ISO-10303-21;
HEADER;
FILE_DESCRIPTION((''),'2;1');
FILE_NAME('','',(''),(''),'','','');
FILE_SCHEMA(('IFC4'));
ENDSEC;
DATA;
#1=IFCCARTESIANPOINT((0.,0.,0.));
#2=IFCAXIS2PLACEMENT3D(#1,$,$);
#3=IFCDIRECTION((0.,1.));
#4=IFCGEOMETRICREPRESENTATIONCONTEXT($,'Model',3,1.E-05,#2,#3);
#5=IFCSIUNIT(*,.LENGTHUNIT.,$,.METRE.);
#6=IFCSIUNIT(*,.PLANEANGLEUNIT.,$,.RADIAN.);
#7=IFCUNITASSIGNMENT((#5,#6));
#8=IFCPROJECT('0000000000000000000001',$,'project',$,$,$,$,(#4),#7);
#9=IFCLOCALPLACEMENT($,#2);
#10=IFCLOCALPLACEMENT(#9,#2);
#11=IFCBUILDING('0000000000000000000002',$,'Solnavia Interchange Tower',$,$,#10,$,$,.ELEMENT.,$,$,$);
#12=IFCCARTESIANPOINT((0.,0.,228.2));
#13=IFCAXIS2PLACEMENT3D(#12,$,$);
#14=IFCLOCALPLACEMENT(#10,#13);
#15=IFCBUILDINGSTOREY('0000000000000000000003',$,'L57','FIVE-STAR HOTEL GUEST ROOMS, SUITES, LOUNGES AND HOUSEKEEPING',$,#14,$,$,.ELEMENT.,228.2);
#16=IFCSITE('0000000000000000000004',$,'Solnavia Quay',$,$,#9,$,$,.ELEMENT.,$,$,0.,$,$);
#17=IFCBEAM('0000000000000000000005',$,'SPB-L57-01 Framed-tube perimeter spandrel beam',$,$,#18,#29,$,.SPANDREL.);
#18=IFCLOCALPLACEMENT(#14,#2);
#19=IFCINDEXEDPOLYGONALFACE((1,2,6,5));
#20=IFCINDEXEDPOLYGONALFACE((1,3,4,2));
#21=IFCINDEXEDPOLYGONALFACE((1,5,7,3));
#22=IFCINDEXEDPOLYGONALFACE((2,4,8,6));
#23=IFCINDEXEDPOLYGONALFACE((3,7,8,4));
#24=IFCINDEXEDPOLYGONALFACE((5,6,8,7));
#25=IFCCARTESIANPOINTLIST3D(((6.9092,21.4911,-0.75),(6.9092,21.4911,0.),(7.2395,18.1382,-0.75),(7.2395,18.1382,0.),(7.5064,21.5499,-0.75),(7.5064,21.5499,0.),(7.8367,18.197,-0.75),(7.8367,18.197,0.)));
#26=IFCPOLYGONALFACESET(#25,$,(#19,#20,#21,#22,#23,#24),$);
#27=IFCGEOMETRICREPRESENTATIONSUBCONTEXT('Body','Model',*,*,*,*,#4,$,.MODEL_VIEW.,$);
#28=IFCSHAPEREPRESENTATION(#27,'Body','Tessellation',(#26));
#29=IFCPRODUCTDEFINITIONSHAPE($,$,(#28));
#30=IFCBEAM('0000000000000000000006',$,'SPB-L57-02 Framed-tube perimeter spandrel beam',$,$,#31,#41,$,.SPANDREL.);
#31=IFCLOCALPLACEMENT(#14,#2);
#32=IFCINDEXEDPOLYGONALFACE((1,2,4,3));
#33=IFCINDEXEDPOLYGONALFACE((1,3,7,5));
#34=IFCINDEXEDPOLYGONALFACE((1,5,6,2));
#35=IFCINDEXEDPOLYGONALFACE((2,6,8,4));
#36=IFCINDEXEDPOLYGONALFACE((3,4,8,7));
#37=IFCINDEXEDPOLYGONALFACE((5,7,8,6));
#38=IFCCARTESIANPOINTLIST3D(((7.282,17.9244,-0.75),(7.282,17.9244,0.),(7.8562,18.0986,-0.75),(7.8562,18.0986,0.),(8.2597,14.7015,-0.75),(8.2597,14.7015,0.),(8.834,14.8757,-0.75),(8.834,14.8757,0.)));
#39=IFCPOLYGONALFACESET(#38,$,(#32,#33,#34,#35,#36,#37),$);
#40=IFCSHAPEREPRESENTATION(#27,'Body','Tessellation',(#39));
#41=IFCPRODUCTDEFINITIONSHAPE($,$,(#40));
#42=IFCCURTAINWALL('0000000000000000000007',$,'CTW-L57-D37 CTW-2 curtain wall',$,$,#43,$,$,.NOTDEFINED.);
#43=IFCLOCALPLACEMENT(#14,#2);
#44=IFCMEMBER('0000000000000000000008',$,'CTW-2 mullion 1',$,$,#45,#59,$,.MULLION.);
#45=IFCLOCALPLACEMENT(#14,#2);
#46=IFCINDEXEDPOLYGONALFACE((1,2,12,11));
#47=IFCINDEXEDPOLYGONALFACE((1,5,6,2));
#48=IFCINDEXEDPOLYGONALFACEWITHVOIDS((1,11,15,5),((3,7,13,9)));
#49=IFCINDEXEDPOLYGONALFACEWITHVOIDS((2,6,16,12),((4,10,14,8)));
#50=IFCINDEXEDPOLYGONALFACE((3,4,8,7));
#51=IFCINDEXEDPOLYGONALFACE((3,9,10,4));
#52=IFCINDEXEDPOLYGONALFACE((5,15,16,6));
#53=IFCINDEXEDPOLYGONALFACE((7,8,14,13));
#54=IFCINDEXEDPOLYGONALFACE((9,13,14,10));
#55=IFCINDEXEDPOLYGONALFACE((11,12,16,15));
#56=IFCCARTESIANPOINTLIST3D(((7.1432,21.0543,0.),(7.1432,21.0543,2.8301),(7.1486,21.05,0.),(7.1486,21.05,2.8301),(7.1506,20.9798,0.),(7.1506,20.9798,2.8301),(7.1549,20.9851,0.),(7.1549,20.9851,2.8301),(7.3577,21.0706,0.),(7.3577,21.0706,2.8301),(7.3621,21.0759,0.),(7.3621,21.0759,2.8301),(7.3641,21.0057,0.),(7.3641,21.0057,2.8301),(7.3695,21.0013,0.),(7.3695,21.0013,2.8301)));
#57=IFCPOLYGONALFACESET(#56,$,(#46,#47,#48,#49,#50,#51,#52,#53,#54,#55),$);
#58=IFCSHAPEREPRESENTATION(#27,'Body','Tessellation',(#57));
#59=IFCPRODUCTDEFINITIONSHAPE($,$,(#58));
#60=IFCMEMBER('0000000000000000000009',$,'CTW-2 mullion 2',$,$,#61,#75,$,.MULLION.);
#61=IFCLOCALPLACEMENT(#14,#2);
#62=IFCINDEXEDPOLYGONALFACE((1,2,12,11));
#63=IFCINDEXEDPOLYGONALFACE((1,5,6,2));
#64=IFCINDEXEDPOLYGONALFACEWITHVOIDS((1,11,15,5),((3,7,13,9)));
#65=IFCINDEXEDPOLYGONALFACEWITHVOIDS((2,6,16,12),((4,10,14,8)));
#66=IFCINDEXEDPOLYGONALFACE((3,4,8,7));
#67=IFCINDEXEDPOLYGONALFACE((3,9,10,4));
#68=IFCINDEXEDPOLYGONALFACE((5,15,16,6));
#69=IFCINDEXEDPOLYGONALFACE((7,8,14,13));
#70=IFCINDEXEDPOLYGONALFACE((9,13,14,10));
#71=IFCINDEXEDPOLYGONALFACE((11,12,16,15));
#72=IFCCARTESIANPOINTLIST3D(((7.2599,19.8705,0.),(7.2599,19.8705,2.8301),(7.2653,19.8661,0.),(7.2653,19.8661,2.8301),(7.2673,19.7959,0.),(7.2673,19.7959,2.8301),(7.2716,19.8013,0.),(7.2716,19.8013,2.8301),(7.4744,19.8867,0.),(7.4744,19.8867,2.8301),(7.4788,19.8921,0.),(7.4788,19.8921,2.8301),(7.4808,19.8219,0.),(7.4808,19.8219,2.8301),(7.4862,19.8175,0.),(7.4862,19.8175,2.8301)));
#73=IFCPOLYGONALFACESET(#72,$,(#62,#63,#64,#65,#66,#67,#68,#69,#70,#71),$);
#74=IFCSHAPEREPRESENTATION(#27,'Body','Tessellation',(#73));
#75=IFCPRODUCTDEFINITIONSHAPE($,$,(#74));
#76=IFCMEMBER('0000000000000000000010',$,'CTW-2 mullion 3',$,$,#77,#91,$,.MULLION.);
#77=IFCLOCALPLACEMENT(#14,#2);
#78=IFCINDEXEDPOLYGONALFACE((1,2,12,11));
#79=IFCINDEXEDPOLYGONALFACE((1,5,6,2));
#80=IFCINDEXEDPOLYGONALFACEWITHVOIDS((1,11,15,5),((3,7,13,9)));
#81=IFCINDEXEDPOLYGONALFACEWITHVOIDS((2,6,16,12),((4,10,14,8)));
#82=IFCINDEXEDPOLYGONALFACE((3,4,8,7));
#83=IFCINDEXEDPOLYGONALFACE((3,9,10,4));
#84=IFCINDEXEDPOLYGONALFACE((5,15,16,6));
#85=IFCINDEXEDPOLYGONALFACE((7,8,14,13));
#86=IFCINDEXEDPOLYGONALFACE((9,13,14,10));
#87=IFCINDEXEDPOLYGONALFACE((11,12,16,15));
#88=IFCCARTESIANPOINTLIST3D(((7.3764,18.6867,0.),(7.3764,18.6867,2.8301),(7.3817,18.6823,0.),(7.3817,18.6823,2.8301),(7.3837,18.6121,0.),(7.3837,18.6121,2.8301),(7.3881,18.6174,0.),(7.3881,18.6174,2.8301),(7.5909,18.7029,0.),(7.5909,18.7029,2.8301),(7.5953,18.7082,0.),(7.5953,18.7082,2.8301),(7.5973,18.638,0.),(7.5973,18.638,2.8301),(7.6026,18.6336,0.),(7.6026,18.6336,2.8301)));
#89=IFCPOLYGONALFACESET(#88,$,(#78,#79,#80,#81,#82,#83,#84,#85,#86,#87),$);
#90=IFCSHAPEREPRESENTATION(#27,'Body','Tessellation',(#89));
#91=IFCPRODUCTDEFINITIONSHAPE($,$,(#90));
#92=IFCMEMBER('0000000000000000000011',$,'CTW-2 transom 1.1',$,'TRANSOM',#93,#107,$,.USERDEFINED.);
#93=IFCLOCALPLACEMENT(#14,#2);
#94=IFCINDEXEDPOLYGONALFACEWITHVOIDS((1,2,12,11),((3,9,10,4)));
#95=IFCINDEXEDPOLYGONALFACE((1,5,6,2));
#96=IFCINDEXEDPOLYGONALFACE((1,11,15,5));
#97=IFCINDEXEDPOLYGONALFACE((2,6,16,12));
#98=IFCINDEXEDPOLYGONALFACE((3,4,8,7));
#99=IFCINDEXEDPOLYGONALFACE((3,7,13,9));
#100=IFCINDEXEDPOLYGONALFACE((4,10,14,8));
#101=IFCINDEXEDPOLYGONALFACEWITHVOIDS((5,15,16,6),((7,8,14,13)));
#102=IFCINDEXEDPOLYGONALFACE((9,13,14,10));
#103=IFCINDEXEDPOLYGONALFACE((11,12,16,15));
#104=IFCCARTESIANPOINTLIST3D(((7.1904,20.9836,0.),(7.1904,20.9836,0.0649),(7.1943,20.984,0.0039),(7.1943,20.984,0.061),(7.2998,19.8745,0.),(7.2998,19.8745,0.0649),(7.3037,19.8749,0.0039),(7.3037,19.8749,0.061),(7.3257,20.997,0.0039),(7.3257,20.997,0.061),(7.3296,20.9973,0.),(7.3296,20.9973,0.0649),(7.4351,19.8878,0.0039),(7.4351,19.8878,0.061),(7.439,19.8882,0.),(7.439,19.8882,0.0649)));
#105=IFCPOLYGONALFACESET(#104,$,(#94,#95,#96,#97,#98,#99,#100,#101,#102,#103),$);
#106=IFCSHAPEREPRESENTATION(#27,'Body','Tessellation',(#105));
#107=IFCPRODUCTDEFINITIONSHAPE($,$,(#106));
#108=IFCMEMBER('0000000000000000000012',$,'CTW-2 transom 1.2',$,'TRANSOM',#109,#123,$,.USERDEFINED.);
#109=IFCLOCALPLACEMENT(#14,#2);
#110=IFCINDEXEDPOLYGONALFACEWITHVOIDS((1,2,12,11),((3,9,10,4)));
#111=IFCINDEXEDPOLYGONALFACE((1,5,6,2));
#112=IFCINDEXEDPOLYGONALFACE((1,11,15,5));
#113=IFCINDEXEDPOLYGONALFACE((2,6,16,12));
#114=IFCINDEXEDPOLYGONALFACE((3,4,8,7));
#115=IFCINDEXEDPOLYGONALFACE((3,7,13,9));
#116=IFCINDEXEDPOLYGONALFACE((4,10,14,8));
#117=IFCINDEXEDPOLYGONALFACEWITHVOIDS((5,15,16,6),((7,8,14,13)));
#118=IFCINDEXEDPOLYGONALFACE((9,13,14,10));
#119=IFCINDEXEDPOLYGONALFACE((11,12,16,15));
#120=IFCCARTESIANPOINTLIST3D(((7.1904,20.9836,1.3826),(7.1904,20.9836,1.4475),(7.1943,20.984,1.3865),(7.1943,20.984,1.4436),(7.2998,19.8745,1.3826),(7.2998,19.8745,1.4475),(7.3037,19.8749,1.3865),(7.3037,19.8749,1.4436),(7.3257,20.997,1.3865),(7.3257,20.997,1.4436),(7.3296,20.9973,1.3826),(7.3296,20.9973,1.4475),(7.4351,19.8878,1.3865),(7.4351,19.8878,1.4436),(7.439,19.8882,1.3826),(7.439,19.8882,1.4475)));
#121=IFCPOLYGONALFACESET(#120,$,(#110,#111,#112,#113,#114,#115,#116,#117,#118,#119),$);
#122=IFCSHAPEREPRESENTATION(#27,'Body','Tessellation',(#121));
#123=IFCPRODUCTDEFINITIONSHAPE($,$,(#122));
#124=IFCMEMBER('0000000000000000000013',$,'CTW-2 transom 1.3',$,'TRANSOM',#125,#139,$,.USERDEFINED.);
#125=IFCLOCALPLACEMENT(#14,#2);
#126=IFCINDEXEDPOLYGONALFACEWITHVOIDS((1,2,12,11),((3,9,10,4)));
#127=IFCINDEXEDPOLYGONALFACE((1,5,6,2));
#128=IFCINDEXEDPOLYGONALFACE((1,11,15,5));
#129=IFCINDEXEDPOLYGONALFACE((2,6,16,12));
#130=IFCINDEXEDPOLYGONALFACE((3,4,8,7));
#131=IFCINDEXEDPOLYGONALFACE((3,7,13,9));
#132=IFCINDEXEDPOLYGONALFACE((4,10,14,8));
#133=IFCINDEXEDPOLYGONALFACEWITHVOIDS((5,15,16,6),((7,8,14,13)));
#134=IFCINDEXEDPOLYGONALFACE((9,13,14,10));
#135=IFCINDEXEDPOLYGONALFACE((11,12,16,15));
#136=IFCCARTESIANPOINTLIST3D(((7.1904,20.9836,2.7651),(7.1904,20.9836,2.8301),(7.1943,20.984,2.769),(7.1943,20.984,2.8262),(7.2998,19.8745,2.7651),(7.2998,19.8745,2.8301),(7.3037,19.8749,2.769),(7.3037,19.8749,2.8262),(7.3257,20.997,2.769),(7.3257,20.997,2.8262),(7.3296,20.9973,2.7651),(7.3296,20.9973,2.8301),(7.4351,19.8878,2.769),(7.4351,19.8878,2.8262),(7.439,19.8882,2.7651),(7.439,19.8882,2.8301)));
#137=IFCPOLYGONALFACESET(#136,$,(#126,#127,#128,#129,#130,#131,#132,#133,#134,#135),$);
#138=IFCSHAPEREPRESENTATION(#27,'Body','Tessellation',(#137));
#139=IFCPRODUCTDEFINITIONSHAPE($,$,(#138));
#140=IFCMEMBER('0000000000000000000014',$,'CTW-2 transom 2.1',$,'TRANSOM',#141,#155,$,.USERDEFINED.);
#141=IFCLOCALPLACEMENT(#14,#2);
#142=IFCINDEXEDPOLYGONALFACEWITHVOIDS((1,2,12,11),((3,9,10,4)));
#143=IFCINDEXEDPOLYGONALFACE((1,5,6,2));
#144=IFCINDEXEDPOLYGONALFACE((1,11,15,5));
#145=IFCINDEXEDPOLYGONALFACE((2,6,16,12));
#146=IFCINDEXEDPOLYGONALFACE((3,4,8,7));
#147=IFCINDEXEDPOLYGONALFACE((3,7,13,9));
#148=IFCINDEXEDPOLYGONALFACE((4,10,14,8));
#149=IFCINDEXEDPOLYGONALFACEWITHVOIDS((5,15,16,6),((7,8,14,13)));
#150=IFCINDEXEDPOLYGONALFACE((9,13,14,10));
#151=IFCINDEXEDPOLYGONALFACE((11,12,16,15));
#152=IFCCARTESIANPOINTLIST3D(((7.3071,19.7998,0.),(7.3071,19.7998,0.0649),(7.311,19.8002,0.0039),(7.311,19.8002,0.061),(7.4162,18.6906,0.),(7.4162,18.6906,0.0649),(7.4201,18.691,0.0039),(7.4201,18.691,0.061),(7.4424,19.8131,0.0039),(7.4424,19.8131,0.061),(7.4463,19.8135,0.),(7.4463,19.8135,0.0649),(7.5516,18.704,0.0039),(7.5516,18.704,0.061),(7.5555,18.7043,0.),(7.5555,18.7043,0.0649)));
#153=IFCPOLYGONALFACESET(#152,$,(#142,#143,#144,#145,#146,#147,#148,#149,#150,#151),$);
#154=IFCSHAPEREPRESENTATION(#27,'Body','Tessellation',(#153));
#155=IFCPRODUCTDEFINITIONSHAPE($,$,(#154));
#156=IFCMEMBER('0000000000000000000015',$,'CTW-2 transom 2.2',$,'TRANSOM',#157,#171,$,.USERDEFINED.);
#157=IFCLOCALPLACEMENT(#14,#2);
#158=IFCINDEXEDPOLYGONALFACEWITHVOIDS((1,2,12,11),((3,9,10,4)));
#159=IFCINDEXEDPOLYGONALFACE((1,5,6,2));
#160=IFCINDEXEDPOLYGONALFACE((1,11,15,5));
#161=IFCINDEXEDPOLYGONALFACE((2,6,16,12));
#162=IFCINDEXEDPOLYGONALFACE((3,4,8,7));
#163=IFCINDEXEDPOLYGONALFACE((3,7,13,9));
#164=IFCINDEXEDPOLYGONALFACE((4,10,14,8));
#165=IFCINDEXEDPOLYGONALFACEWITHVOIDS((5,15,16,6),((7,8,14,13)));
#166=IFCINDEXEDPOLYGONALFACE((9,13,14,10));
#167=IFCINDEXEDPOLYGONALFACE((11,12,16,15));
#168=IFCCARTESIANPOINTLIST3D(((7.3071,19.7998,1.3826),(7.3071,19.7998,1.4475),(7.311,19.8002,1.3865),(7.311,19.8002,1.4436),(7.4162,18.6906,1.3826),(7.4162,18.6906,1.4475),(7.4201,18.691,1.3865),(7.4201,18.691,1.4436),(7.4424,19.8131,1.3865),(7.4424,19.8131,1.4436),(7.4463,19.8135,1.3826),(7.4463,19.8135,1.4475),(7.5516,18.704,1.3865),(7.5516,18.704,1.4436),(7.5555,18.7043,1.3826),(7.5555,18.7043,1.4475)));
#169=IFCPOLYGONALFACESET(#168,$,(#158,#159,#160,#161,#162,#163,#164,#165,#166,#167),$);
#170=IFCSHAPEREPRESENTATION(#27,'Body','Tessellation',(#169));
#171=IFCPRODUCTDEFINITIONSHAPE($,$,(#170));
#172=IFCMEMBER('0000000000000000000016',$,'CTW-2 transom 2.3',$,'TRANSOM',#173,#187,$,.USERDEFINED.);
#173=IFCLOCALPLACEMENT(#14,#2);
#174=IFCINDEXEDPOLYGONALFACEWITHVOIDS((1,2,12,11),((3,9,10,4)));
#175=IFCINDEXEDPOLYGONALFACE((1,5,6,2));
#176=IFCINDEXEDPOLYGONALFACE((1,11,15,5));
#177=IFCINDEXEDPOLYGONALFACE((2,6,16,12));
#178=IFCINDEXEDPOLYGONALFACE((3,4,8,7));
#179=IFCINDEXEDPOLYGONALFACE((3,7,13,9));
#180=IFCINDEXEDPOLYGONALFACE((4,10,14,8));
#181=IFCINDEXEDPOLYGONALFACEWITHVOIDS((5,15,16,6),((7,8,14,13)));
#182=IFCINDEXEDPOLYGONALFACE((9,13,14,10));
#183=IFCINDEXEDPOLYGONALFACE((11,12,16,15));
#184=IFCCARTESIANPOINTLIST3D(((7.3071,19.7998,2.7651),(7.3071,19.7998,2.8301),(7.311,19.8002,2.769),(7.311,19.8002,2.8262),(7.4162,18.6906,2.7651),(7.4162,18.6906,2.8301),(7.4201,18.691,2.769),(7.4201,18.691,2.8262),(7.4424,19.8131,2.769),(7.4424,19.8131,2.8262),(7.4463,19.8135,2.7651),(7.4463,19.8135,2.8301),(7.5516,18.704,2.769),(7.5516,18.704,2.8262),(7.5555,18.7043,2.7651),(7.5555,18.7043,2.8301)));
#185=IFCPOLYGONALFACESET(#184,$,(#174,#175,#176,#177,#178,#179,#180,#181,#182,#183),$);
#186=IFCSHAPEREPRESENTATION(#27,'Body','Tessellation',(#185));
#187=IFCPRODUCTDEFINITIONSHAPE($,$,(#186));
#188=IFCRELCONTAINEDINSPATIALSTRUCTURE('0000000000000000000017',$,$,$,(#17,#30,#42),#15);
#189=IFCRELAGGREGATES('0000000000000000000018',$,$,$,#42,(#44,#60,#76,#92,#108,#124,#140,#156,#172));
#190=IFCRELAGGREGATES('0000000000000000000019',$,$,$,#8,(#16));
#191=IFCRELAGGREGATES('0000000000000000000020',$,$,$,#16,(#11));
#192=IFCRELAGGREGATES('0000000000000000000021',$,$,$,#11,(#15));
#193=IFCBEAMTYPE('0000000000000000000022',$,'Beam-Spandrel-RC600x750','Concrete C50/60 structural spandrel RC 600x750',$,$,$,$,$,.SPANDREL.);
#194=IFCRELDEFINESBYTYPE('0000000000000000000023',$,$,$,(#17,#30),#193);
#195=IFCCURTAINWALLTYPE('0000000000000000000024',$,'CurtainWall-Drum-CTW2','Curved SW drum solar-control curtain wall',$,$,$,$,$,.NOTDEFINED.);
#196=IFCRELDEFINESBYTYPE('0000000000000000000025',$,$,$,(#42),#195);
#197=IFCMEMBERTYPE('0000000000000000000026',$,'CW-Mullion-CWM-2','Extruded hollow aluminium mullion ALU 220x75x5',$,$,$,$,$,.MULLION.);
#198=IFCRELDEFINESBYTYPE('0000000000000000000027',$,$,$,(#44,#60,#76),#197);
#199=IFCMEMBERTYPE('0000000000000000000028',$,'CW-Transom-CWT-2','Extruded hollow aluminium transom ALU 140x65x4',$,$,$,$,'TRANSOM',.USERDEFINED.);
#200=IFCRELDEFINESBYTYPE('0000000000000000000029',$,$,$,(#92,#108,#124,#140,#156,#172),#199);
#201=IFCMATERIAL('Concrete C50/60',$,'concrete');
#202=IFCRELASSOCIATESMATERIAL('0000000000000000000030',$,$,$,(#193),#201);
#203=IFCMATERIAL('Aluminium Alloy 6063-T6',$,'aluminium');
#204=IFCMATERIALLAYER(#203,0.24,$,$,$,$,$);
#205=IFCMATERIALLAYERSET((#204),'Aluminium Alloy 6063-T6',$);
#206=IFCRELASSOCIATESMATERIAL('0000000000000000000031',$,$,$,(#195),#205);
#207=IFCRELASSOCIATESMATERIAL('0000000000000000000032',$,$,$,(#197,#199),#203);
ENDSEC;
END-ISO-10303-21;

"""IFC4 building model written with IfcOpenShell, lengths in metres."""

from ifc_helpers import new_model, si_unit, direction, frame, origin, origin_2d, place, context, subcontext, project, spatial, rectangle, hollow_rectangle, extrude, material, layer, layer_set, material_profile, profile_set, type_object, element, aggregate, save


model = new_model("IFC4")

# Units and contexts
model_context = context("Model", 3, precision=1e-05, world=origin(), true_north=direction((0.0, 1.0)))
body_context = subcontext(model_context, "Body", "Model", "MODEL_VIEW")
ifc_project = project(units=[si_unit("LENGTHUNIT", "METRE"), si_unit("PLANEANGLEUNIT", "RADIAN")], contexts=[model_context])

# Site, building, storey
site_placement = place(None, origin())
site = spatial("IfcSite", under=ifc_project, at=site_placement, Name="Solnavia Quay", CompositionType="ELEMENT", RefElevation=0.0)
building_placement = place(site_placement, origin())
building = spatial("IfcBuilding", under=site, at=building_placement, Name="Solnavia Interchange Tower", CompositionType="ELEMENT")
storey_placement = place(building_placement, frame((0.0, 0.0, 228.2)))
storey = spatial("IfcBuildingStorey", under=building, at=storey_placement, Name="L57", Description="FIVE-STAR HOTEL GUEST ROOMS, SUITES, LOUNGES AND HOUSEKEEPING", CompositionType="ELEMENT", Elevation=228.2)

# Shared definitions
ifc_material_1 = material(Name="Concrete C50/60", Category="concrete")

# Beams
ifc_material_profile_1 = material_profile(ifc_material_1, rectangle(XDim=0.6001, YDim=0.75, at=origin_2d()), Name="RC 600x750")
ifc_profile_set_1 = profile_set([ifc_material_profile_1], Name="Concrete C50/60")
beam_type_1 = type_object("IfcBeamType", Name="Beam-Spandrel-RC600x750", Description="Concrete C50/60 structural spandrel RC 600x750", PredefinedType="SPANDREL", material=ifc_profile_set_1)
beam_1_placement = place(storey_placement, frame((7.2078, 21.5205, -0.375), z_axis=(0.09804, -0.995182, 0.0), x_axis=(0.995182, 0.09804, 0.0)))
element("IfcBeam", 1, at=beam_1_placement, inside=storey, type_object=beam_type_1, Name="SPB-L57-01 Framed-tube perimeter spandrel beam", PredefinedType="SPANDREL", context=body_context, shape_type="SweptSolid", body=[
    extrude(rectangle(XDim=0.6001, YDim=0.75, at=origin_2d()), origin(), (0.0, 0.0, 1.0), 3.3691),
])
beam_2_placement = place(storey_placement, frame((7.5691, 18.0115, -0.375), z_axis=(0.290319, -0.95693, 0.0), x_axis=(0.95693, 0.290319, 0.0)))
element("IfcBeam", 2, at=beam_2_placement, inside=storey, type_object=beam_type_1, Name="SPB-L57-02 Framed-tube perimeter spandrel beam", PredefinedType="SPANDREL", context=body_context, shape_type="SweptSolid", body=[
    extrude(rectangle(XDim=0.6001, YDim=0.75, at=origin_2d()), origin(), (0.0, 0.0, 1.0), 3.3679),
])

# Curtain wall, members
ifc_material_2 = material(Name="Aluminium Alloy 6063-T6", Category="aluminium")
ifc_layer_1 = layer(ifc_material_2, 0.24)
ifc_layer_set_1 = layer_set([ifc_layer_1], Name="Aluminium Alloy 6063-T6")
curtain_wall_type = type_object("IfcCurtainWallType", Name="CurtainWall-Drum-CTW2", Description="Curved SW drum solar-control curtain wall", PredefinedType="NOTDEFINED", material=ifc_layer_set_1)
curtain_wall_placement = place(storey_placement, origin())
curtain_wall = element("IfcCurtainWall", 3, at=curtain_wall_placement, inside=storey, type_object=curtain_wall_type, Name="CTW-L57-D37 CTW-2 curtain wall", PredefinedType="NOTDEFINED")
ifc_material_profile_2 = material_profile(ifc_material_2, hollow_rectangle(XDim=0.075, YDim=0.22, WallThickness=0.0049, at=origin_2d()), Name="ALU 220x75x5")
ifc_profile_set_2 = profile_set([ifc_material_profile_2], Name="Aluminium Alloy 6063-T6")
member_type_1 = type_object("IfcMemberType", Name="CW-Mullion-CWM-2", Description="Extruded hollow aluminium mullion ALU 220x75x5", PredefinedType="MULLION", material=ifc_profile_set_2)
member_1_placement = place(storey_placement, frame((7.2563, 21.0278, 0.0), z_axis=(0.0, 0.0, 1.0), x_axis=(0.098043, -0.995182, 0.0)))
member_1 = element("IfcMember", 4, at=member_1_placement, type_object=member_type_1, Name="CTW-2 mullion 1", PredefinedType="MULLION", context=body_context, shape_type="SweptSolid", body=[
    extrude(hollow_rectangle(XDim=0.075, YDim=0.22, WallThickness=0.0049, at=origin_2d()), origin(), (0.0, 0.0, 1.0), 2.8301),
])
member_2_placement = place(storey_placement, frame((7.373, 19.844, 0.0), z_axis=(0.0, 0.0, 1.0), x_axis=(0.098043, -0.995182, 0.0)))
member_2 = element("IfcMember", 5, at=member_2_placement, type_object=member_type_1, Name="CTW-2 mullion 2", PredefinedType="MULLION", context=body_context, shape_type="SweptSolid", body=[
    extrude(hollow_rectangle(XDim=0.075, YDim=0.22, WallThickness=0.0049, at=origin_2d()), origin(), (0.0, 0.0, 1.0), 2.8301),
])
member_3_placement = place(storey_placement, frame((7.4895, 18.6602, 0.0), z_axis=(0.0, 0.0, 1.0), x_axis=(0.098043, -0.995182, 0.0)))
member_3 = element("IfcMember", 6, at=member_3_placement, type_object=member_type_1, Name="CTW-2 mullion 3", PredefinedType="MULLION", context=body_context, shape_type="SweptSolid", body=[
    extrude(hollow_rectangle(XDim=0.075, YDim=0.22, WallThickness=0.0049, at=origin_2d()), origin(), (0.0, 0.0, 1.0), 2.8301),
])
ifc_material_profile_3 = material_profile(ifc_material_2, hollow_rectangle(XDim=0.0649, YDim=0.1399, WallThickness=0.0039, at=origin_2d()), Name="ALU 140x65x4")
ifc_profile_set_3 = profile_set([ifc_material_profile_3], Name="Aluminium Alloy 6063-T6")
member_type_2 = type_object("IfcMemberType", Name="CW-Transom-CWT-2", Description="Extruded hollow aluminium transom ALU 140x65x4", ElementType="TRANSOM", PredefinedType="USERDEFINED", material=ifc_profile_set_3)
member_4_placement = place(storey_placement, frame((7.26, 20.9905, 0.0325), z_axis=(0.098137, -0.995173, 0.0), x_axis=(0.0, 0.0, 1.0)))
member_4 = element("IfcMember", 7, at=member_4_placement, type_object=member_type_2, Name="CTW-2 transom 1.1", ObjectType="TRANSOM", PredefinedType="USERDEFINED", context=body_context, shape_type="SweptSolid", body=[
    extrude(hollow_rectangle(XDim=0.0649, YDim=0.1399, WallThickness=0.0039, at=origin_2d()), origin(), (0.0, 0.0, 1.0), 1.1145),
])
member_5_placement = place(storey_placement, frame((7.26, 20.9905, 1.415), z_axis=(0.098137, -0.995173, 0.0), x_axis=(0.0, 0.0, 1.0)))
member_5 = element("IfcMember", 8, at=member_5_placement, type_object=member_type_2, Name="CTW-2 transom 1.2", ObjectType="TRANSOM", PredefinedType="USERDEFINED", context=body_context, shape_type="SweptSolid", body=[
    extrude(hollow_rectangle(XDim=0.0649, YDim=0.1399, WallThickness=0.0039, at=origin_2d()), origin(), (0.0, 0.0, 1.0), 1.1145),
])
member_6_placement = place(storey_placement, frame((7.26, 20.9905, 2.7976), z_axis=(0.098137, -0.995173, 0.0), x_axis=(0.0, 0.0, 1.0)))
member_6 = element("IfcMember", 9, at=member_6_placement, type_object=member_type_2, Name="CTW-2 transom 1.3", ObjectType="TRANSOM", PredefinedType="USERDEFINED", context=body_context, shape_type="SweptSolid", body=[
    extrude(hollow_rectangle(XDim=0.0649, YDim=0.1399, WallThickness=0.0039, at=origin_2d()), origin(), (0.0, 0.0, 1.0), 1.1145),
])
member_7_placement = place(storey_placement, frame((7.3767, 19.8066, 0.0325), z_axis=(0.09792, -0.995194, 0.0), x_axis=(0.0, 0.0, 1.0)))
member_7 = element("IfcMember", 10, at=member_7_placement, type_object=member_type_2, Name="CTW-2 transom 2.1", ObjectType="TRANSOM", PredefinedType="USERDEFINED", context=body_context, shape_type="SweptSolid", body=[
    extrude(hollow_rectangle(XDim=0.0649, YDim=0.1399, WallThickness=0.0039, at=origin_2d()), origin(), (0.0, 0.0, 1.0), 1.1145),
])
member_8_placement = place(storey_placement, frame((7.3767, 19.8066, 1.415), z_axis=(0.09792, -0.995194, 0.0), x_axis=(0.0, 0.0, 1.0)))
member_8 = element("IfcMember", 11, at=member_8_placement, type_object=member_type_2, Name="CTW-2 transom 2.2", ObjectType="TRANSOM", PredefinedType="USERDEFINED", context=body_context, shape_type="SweptSolid", body=[
    extrude(hollow_rectangle(XDim=0.0649, YDim=0.1399, WallThickness=0.0039, at=origin_2d()), origin(), (0.0, 0.0, 1.0), 1.1145),
])
member_9_placement = place(storey_placement, frame((7.3767, 19.8066, 2.7976), z_axis=(0.09792, -0.995194, 0.0), x_axis=(0.0, 0.0, 1.0)))
member_9 = element("IfcMember", 12, at=member_9_placement, type_object=member_type_2, Name="CTW-2 transom 2.3", ObjectType="TRANSOM", PredefinedType="USERDEFINED", context=body_context, shape_type="SweptSolid", body=[
    extrude(hollow_rectangle(XDim=0.0649, YDim=0.1399, WallThickness=0.0039, at=origin_2d()), origin(), (0.0, 0.0, 1.0), 1.1145),
])
aggregate(curtain_wall, [member_1, member_2, member_3, member_4, member_5, member_6, member_7, member_8, member_9])

save(model, "model.ifc")
